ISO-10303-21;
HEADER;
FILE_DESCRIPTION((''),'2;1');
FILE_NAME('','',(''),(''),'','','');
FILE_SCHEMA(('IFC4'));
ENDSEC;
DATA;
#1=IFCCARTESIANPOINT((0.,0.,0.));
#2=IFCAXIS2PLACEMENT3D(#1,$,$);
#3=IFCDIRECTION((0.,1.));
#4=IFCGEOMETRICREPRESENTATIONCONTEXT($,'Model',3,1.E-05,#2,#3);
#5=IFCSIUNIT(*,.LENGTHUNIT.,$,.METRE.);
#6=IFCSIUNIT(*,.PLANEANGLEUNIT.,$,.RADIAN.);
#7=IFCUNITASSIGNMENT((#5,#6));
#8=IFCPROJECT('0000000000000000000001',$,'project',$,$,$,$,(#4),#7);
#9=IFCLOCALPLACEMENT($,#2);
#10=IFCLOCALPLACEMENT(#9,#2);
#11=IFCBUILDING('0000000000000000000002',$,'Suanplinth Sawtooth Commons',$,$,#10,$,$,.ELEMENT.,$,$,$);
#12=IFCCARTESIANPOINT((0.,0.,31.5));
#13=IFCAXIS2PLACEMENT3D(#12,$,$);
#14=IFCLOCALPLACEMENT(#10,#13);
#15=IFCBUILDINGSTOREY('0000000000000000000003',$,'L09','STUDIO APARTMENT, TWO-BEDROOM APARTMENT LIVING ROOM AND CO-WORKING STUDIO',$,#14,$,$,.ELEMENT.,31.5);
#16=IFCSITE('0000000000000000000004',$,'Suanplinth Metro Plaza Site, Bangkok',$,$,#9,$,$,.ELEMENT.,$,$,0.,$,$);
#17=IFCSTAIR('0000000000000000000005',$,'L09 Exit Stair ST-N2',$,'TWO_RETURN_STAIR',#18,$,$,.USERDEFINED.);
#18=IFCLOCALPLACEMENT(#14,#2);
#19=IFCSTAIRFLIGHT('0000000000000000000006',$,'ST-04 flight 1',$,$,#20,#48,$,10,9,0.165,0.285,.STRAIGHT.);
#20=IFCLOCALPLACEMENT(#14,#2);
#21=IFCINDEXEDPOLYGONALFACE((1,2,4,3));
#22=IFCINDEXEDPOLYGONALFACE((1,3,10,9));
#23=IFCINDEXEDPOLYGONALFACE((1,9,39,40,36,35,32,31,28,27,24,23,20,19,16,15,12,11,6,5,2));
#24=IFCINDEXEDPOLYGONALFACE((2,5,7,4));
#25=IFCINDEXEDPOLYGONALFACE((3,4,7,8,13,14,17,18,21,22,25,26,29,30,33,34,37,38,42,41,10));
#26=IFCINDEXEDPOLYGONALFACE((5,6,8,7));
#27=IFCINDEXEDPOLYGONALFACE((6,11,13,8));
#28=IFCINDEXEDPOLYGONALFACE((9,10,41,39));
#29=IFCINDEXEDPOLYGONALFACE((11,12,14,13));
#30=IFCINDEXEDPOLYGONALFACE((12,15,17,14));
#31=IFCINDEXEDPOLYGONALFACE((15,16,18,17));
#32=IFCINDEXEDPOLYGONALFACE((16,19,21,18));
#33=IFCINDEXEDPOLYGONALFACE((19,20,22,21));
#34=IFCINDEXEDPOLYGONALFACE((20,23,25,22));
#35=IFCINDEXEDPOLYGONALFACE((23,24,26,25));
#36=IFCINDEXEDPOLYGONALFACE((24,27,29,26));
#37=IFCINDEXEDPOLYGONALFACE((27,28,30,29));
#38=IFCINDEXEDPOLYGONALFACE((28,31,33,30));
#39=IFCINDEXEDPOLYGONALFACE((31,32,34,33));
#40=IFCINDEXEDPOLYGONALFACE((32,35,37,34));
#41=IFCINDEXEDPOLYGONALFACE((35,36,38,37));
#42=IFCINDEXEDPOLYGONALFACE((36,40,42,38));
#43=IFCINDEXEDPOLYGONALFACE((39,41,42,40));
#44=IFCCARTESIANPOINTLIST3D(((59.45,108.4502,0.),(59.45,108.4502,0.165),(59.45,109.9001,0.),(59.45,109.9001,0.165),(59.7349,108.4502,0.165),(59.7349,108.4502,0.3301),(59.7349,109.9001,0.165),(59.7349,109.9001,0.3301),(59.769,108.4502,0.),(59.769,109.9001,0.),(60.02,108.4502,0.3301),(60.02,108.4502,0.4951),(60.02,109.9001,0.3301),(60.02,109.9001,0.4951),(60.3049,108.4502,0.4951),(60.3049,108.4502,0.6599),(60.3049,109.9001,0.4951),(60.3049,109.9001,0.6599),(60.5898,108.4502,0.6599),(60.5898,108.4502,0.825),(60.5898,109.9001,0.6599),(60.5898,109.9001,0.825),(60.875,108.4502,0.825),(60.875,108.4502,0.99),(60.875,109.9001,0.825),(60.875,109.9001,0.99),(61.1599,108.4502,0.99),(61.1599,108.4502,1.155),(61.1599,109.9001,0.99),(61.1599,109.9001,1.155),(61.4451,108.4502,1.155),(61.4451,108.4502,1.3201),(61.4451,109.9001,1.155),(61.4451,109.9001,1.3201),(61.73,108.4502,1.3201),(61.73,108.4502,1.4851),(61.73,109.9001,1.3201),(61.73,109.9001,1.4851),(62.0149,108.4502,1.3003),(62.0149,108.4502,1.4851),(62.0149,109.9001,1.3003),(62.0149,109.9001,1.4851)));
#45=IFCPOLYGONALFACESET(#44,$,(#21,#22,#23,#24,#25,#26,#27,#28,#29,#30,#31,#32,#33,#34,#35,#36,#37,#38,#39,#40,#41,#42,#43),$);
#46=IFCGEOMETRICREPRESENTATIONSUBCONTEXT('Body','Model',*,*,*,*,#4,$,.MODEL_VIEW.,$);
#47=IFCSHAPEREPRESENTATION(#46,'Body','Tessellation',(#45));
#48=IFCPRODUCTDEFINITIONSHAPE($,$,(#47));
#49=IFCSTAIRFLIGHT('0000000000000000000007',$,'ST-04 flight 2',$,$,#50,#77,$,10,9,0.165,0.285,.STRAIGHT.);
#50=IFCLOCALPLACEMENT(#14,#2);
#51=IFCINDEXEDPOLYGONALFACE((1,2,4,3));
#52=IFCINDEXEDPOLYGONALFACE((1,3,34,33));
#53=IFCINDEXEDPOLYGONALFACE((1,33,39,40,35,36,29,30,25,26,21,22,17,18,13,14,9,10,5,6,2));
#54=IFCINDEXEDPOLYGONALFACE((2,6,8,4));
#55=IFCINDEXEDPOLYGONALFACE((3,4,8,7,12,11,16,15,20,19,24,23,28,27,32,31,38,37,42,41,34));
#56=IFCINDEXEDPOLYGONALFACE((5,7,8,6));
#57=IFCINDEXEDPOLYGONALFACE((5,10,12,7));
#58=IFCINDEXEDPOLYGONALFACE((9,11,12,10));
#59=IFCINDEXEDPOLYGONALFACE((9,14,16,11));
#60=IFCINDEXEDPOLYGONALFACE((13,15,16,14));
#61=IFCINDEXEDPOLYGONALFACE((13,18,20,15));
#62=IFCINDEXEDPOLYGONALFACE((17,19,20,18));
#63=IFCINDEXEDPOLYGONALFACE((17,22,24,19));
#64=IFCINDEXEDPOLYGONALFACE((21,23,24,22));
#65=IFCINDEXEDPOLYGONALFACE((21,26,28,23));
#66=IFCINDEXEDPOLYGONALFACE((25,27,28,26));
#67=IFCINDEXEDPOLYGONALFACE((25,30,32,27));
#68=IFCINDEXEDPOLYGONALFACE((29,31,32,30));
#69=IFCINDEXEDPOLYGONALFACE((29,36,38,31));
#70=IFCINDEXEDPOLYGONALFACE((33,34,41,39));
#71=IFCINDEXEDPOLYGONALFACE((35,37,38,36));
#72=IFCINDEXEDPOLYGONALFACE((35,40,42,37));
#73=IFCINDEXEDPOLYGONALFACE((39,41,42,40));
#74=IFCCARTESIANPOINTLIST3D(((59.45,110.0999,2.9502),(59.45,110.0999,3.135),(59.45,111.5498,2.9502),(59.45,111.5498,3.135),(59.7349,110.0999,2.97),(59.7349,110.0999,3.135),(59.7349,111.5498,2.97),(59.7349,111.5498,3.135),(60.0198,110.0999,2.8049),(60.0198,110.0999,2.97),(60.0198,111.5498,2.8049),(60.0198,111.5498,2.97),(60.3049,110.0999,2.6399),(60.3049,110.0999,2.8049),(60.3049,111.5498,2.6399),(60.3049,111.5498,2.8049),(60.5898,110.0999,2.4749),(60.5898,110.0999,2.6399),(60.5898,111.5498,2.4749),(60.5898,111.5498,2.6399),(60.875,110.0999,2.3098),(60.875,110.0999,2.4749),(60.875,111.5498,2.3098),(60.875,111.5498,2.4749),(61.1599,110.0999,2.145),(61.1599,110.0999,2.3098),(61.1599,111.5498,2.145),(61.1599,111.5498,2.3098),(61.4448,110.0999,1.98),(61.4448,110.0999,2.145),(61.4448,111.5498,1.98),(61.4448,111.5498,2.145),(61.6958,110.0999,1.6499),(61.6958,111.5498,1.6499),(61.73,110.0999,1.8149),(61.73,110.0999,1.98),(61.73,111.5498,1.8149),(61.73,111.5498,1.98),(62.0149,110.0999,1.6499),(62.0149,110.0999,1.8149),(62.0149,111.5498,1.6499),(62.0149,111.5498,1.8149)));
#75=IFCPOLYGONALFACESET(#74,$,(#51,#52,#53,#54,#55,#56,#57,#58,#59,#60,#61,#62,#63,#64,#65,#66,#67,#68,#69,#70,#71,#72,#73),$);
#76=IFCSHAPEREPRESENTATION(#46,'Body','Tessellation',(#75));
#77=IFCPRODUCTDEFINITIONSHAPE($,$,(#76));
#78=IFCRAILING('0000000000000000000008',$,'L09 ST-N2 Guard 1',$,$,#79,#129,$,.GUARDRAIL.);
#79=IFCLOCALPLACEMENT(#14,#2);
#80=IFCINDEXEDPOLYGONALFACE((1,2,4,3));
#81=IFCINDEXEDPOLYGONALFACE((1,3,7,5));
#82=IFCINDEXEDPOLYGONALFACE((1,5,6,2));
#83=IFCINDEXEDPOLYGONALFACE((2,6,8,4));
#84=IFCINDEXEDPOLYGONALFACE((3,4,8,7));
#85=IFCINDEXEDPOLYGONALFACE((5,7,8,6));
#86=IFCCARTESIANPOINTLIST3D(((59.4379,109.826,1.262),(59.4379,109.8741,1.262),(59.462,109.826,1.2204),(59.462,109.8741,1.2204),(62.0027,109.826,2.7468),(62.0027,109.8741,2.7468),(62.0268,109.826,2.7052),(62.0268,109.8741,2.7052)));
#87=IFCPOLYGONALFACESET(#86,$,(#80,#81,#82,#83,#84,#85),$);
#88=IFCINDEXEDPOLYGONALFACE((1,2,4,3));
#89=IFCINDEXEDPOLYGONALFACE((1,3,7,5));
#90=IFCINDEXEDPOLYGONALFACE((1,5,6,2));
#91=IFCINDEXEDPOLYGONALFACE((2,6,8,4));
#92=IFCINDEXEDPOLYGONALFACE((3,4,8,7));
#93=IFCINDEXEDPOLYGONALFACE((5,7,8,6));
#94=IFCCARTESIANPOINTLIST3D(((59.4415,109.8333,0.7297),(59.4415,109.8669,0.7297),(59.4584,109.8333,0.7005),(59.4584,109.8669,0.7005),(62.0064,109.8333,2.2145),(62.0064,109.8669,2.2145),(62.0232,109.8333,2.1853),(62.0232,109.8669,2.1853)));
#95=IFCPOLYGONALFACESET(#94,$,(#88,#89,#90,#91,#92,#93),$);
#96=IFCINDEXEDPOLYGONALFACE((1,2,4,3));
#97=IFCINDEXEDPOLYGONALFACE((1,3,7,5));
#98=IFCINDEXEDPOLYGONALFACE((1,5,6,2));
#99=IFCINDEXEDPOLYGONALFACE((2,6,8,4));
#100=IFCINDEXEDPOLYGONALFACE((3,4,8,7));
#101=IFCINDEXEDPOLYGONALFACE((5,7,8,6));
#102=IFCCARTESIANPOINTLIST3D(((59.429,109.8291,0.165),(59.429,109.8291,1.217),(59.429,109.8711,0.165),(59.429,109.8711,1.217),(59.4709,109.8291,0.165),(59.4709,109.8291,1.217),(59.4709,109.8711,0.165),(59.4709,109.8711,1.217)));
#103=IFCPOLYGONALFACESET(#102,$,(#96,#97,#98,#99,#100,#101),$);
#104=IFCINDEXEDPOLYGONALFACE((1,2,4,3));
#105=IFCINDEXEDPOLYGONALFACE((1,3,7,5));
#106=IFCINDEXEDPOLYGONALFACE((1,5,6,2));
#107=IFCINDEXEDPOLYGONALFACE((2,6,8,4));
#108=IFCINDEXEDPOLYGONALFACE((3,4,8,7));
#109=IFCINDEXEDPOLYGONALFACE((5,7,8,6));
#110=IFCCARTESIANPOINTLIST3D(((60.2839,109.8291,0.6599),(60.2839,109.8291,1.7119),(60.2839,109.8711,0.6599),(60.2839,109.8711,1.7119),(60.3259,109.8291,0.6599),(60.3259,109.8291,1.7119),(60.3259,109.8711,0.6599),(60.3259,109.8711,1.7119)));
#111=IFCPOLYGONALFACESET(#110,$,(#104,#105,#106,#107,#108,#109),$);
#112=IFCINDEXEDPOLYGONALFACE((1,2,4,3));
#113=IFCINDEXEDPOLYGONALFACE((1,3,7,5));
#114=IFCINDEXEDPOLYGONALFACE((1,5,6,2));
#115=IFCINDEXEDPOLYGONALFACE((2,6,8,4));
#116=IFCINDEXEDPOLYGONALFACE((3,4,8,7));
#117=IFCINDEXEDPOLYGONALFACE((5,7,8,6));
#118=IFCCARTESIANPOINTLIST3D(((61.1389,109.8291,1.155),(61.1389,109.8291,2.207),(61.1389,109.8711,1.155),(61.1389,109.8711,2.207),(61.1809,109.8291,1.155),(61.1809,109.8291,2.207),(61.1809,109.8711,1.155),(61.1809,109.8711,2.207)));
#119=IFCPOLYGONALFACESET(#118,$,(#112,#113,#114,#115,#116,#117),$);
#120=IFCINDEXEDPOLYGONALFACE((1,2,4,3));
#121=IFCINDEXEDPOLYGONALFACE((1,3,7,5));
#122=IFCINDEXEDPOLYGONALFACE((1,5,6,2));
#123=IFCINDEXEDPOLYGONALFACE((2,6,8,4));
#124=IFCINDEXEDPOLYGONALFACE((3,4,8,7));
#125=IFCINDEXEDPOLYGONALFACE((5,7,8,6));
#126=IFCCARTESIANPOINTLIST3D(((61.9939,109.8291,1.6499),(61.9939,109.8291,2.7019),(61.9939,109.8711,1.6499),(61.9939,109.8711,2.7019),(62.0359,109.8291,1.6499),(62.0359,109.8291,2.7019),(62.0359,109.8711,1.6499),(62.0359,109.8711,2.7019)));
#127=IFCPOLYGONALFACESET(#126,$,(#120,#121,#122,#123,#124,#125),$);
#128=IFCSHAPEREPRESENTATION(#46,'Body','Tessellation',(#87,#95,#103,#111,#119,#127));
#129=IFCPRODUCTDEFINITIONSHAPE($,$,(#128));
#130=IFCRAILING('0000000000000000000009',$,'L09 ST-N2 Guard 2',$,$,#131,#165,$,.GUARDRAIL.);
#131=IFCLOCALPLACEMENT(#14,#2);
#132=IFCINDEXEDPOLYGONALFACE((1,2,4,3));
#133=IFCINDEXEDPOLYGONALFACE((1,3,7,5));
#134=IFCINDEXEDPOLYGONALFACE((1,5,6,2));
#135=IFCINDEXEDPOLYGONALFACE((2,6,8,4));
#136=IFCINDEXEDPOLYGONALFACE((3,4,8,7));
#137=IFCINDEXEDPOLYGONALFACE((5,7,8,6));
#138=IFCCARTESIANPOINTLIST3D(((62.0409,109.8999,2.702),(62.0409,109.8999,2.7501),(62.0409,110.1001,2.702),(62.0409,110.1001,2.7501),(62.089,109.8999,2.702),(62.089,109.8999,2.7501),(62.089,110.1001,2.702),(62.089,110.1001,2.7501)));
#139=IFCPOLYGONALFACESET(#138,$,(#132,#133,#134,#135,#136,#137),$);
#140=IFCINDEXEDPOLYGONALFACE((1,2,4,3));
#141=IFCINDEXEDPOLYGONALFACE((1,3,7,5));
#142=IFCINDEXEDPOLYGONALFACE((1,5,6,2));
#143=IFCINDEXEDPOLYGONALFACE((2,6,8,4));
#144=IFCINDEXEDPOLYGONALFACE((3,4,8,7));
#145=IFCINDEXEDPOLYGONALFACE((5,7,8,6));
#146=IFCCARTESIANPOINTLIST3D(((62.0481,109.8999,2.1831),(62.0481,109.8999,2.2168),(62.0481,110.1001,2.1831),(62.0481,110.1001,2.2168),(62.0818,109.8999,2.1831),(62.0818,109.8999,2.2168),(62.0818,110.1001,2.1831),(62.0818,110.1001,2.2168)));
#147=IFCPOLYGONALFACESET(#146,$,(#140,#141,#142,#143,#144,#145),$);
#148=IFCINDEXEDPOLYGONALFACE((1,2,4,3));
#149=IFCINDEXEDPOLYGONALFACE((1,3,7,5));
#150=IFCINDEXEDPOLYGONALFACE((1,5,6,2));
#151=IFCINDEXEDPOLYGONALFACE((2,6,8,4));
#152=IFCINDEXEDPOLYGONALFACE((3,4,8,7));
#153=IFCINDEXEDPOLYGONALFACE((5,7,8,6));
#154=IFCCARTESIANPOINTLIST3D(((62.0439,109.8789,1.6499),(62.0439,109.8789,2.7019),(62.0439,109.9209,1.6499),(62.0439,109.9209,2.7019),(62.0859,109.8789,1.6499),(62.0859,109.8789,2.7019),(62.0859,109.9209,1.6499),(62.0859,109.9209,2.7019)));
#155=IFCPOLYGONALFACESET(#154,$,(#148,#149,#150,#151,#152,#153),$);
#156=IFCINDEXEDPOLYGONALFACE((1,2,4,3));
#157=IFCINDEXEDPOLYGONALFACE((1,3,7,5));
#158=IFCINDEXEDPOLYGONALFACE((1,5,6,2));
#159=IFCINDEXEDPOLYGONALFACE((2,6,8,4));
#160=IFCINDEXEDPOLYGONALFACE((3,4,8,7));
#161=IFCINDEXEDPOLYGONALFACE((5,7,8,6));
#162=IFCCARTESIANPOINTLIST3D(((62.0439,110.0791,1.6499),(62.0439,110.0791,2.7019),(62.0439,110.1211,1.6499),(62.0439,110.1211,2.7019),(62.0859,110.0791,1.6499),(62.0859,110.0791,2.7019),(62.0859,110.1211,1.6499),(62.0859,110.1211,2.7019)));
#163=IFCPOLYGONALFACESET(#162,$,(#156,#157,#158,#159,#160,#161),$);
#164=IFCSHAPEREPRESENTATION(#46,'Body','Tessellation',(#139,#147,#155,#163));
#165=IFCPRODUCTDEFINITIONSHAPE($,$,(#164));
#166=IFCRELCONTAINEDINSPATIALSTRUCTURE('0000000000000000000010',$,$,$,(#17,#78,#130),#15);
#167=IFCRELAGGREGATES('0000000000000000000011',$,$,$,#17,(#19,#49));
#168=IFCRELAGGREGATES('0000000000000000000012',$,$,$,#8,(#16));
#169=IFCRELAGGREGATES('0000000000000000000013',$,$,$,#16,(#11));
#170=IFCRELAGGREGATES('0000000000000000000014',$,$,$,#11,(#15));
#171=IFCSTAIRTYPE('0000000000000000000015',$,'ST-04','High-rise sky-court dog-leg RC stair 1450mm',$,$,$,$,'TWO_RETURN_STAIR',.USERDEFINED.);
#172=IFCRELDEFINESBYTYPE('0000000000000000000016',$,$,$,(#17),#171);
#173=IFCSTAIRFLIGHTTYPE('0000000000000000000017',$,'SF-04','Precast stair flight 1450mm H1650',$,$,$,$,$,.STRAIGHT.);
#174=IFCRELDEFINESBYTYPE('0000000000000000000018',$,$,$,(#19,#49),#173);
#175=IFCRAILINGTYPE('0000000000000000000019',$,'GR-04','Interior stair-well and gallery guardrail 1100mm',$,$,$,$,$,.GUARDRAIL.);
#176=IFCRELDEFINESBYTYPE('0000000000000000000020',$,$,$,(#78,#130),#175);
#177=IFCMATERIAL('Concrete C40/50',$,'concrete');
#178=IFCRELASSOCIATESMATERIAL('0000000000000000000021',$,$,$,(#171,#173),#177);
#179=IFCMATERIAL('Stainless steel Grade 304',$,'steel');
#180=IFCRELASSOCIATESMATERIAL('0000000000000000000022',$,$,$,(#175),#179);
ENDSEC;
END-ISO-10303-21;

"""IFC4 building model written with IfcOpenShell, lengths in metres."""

from ifc_helpers import new_model, si_unit, direction, frame, origin, origin_2d, place, context, subcontext, project, spatial, polyline, rectangle, outline, extrude, material, type_object, element, aggregate, save


model = new_model("IFC4")

# Units and contexts
model_context = context("Model", 3, precision=1e-05, world=origin(), true_north=direction((0.0, 1.0)))
body_context = subcontext(model_context, "Body", "Model", "MODEL_VIEW")
ifc_project = project(units=[si_unit("LENGTHUNIT", "METRE"), si_unit("PLANEANGLEUNIT", "RADIAN")], contexts=[model_context])

# Site, building, storey
site_placement = place(None, origin())
site = spatial("IfcSite", under=ifc_project, at=site_placement, Name="Suanplinth Metro Plaza Site, Bangkok", CompositionType="ELEMENT", RefElevation=0.0)
building_placement = place(site_placement, origin())
building = spatial("IfcBuilding", under=site, at=building_placement, Name="Suanplinth Sawtooth Commons", CompositionType="ELEMENT")
storey_placement = place(building_placement, frame((0.0, 0.0, 31.5)))
storey = spatial("IfcBuildingStorey", under=building, at=storey_placement, Name="L09", Description="STUDIO APARTMENT, TWO-BEDROOM APARTMENT LIVING ROOM AND CO-WORKING STUDIO", CompositionType="ELEMENT", Elevation=31.5)

# Shared definitions
ifc_material_1 = material(Name="Concrete C40/50", Category="concrete")

# Shared definitions
ifc_material_2 = material(Name="Stainless steel Grade 304", Category="steel")

# Stair, stair flights
stair_type = type_object("IfcStairType", Name="ST-04", Description="High-rise sky-court dog-leg RC stair 1450mm", ElementType="TWO_RETURN_STAIR", PredefinedType="USERDEFINED", material=ifc_material_1)
stair_placement = place(storey_placement, origin())
stair = element("IfcStair", 1, at=stair_placement, inside=storey, type_object=stair_type, Name="L09 Exit Stair ST-N2", ObjectType="TWO_RETURN_STAIR", PredefinedType="USERDEFINED")
stair_flight_type = type_object("IfcStairFlightType", Name="SF-04", Description="Precast stair flight 1450mm H1650", PredefinedType="STRAIGHT", material=ifc_material_1)
stair_flight_1_placement = place(storey_placement, frame((59.45, 109.175, 0.0), z_axis=(0.0, 0.0, 1.0), x_axis=(1.0, 0.0, 0.0)))
stair_flight_1 = element("IfcStairFlight", 2, at=stair_flight_1_placement, type_object=stair_flight_type, Name="ST-04 flight 1", NumberOfRisers=10, NumberOfTreads=9, PredefinedType="STRAIGHT", RiserHeight=0.165, TreadLength=0.285, context=body_context, shape_type="SweptSolid", body=[
    extrude(outline(polyline([(0.0, 0.0), (0.0, 0.165), (0.2849, 0.165), (0.2849, 0.3301), (0.5701, 0.3301), (0.5701, 0.4951), (0.855, 0.4951), (0.855, 0.6599), (1.1399, 0.6599), (1.1399, 0.825), (1.425, 0.825), (1.425, 0.99), (1.71, 0.99), (1.71, 1.155), (1.9951, 1.155), (1.9951, 1.3201), (2.28, 1.3201), (2.28, 1.4851), (2.5649, 1.4851), (2.5649, 1.6499), (2.5649, 1.3003), (0.3191, 0.0), (0.0, 0.0)])), frame((0.0, 0.7251, 0.0), z_axis=(0.0, -1.0, 0.0), x_axis=(1.0, 0.0, 0.0)), (0.0, 0.0, 1.0), 1.45),
])
stair_flight_2_placement = place(storey_placement, frame((62.0149, 110.825, 1.6499), z_axis=(0.0, 0.0, 1.0), x_axis=(-1.0, 0.0, 0.0)))
stair_flight_2 = element("IfcStairFlight", 3, at=stair_flight_2_placement, type_object=stair_flight_type, Name="ST-04 flight 2", NumberOfRisers=10, NumberOfTreads=9, PredefinedType="STRAIGHT", RiserHeight=0.165, TreadLength=0.285, context=body_context, shape_type="SweptSolid", body=[
    extrude(outline(polyline([(0.0, 0.0), (0.0, 0.165), (0.2849, 0.165), (0.2849, 0.3301), (0.5701, 0.3301), (0.5701, 0.4951), (0.855, 0.4951), (0.855, 0.6599), (1.1399, 0.6599), (1.1399, 0.825), (1.425, 0.825), (1.425, 0.99), (1.71, 0.99), (1.71, 1.155), (1.9951, 1.155), (1.9951, 1.3201), (2.28, 1.3201), (2.28, 1.4851), (2.5649, 1.4851), (2.5649, 1.6499), (2.5649, 1.3003), (0.3191, 0.0), (0.0, 0.0)])), frame((0.0, 0.7251, 0.0), z_axis=(0.0, -1.0, 0.0), x_axis=(1.0, 0.0, 0.0)), (0.0, 0.0, 1.0), 1.45),
])
aggregate(stair, [stair_flight_1, stair_flight_2])

# Railings
railing_type_1 = type_object("IfcRailingType", Name="GR-04", Description="Interior stair-well and gallery guardrail 1100mm", PredefinedType="GUARDRAIL", material=ifc_material_2)
railing_1_placement = place(storey_placement, frame((59.45, 109.8501, 0.165)))
element("IfcRailing", 4, at=railing_1_placement, inside=storey, type_object=railing_type_1, Name="L09 ST-N2 Guard 1", PredefinedType="GUARDRAIL", context=body_context, shape_type="SweptSolid", body=[
    extrude(rectangle(XDim=0.0481, YDim=0.0481, at=origin_2d()), frame((0.0, 0.0, 1.0762), z_axis=(0.865441, 0.0, 0.50101), x_axis=(0.0, 1.0, 0.0)), (0.0, 0.0, 1.0), 2.9636),
    extrude(rectangle(XDim=0.0337, YDim=0.0337, at=origin_2d()), frame((0.0, 0.0, 0.55), z_axis=(0.865441, 0.0, 0.50101), x_axis=(0.0, 1.0, 0.0)), (0.0, 0.0, 1.0), 2.9636),
    extrude(rectangle(XDim=0.042, YDim=0.042, at=origin_2d()), origin(), (0.0, 0.0, 1.0), 1.052),
    extrude(rectangle(XDim=0.042, YDim=0.042, at=origin_2d()), frame((0.855, 0.0, 0.4949)), (0.0, 0.0, 1.0), 1.052),
    extrude(rectangle(XDim=0.042, YDim=0.042, at=origin_2d()), frame((1.71, 0.0, 0.99)), (0.0, 0.0, 1.0), 1.052),
    extrude(rectangle(XDim=0.042, YDim=0.042, at=origin_2d()), frame((2.5649, 0.0, 1.4849)), (0.0, 0.0, 1.0), 1.052),
])
railing_2_placement = place(storey_placement, frame((62.0649, 109.8999, 1.6499)))
element("IfcRailing", 5, at=railing_2_placement, inside=storey, type_object=railing_type_1, Name="L09 ST-N2 Guard 2", PredefinedType="GUARDRAIL", context=body_context, shape_type="SweptSolid", body=[
    extrude(rectangle(XDim=0.0481, YDim=0.0481, at=origin_2d()), frame((0.0, 0.0, 1.0762), z_axis=(0.0, 1.0, 0.0), x_axis=(-1.0, 0.0, 0.0)), (0.0, 0.0, 1.0), 0.2002),
    extrude(rectangle(XDim=0.0337, YDim=0.0337, at=origin_2d()), frame((0.0, 0.0, 0.55), z_axis=(0.0, 1.0, 0.0), x_axis=(-1.0, 0.0, 0.0)), (0.0, 0.0, 1.0), 0.2002),
    extrude(rectangle(XDim=0.042, YDim=0.042, at=origin_2d()), origin(), (0.0, 0.0, 1.0), 1.052),
    extrude(rectangle(XDim=0.042, YDim=0.042, at=origin_2d()), frame((0.0, 0.2002, 0.0)), (0.0, 0.0, 1.0), 1.052),
])

save(model, "model.ifc")
